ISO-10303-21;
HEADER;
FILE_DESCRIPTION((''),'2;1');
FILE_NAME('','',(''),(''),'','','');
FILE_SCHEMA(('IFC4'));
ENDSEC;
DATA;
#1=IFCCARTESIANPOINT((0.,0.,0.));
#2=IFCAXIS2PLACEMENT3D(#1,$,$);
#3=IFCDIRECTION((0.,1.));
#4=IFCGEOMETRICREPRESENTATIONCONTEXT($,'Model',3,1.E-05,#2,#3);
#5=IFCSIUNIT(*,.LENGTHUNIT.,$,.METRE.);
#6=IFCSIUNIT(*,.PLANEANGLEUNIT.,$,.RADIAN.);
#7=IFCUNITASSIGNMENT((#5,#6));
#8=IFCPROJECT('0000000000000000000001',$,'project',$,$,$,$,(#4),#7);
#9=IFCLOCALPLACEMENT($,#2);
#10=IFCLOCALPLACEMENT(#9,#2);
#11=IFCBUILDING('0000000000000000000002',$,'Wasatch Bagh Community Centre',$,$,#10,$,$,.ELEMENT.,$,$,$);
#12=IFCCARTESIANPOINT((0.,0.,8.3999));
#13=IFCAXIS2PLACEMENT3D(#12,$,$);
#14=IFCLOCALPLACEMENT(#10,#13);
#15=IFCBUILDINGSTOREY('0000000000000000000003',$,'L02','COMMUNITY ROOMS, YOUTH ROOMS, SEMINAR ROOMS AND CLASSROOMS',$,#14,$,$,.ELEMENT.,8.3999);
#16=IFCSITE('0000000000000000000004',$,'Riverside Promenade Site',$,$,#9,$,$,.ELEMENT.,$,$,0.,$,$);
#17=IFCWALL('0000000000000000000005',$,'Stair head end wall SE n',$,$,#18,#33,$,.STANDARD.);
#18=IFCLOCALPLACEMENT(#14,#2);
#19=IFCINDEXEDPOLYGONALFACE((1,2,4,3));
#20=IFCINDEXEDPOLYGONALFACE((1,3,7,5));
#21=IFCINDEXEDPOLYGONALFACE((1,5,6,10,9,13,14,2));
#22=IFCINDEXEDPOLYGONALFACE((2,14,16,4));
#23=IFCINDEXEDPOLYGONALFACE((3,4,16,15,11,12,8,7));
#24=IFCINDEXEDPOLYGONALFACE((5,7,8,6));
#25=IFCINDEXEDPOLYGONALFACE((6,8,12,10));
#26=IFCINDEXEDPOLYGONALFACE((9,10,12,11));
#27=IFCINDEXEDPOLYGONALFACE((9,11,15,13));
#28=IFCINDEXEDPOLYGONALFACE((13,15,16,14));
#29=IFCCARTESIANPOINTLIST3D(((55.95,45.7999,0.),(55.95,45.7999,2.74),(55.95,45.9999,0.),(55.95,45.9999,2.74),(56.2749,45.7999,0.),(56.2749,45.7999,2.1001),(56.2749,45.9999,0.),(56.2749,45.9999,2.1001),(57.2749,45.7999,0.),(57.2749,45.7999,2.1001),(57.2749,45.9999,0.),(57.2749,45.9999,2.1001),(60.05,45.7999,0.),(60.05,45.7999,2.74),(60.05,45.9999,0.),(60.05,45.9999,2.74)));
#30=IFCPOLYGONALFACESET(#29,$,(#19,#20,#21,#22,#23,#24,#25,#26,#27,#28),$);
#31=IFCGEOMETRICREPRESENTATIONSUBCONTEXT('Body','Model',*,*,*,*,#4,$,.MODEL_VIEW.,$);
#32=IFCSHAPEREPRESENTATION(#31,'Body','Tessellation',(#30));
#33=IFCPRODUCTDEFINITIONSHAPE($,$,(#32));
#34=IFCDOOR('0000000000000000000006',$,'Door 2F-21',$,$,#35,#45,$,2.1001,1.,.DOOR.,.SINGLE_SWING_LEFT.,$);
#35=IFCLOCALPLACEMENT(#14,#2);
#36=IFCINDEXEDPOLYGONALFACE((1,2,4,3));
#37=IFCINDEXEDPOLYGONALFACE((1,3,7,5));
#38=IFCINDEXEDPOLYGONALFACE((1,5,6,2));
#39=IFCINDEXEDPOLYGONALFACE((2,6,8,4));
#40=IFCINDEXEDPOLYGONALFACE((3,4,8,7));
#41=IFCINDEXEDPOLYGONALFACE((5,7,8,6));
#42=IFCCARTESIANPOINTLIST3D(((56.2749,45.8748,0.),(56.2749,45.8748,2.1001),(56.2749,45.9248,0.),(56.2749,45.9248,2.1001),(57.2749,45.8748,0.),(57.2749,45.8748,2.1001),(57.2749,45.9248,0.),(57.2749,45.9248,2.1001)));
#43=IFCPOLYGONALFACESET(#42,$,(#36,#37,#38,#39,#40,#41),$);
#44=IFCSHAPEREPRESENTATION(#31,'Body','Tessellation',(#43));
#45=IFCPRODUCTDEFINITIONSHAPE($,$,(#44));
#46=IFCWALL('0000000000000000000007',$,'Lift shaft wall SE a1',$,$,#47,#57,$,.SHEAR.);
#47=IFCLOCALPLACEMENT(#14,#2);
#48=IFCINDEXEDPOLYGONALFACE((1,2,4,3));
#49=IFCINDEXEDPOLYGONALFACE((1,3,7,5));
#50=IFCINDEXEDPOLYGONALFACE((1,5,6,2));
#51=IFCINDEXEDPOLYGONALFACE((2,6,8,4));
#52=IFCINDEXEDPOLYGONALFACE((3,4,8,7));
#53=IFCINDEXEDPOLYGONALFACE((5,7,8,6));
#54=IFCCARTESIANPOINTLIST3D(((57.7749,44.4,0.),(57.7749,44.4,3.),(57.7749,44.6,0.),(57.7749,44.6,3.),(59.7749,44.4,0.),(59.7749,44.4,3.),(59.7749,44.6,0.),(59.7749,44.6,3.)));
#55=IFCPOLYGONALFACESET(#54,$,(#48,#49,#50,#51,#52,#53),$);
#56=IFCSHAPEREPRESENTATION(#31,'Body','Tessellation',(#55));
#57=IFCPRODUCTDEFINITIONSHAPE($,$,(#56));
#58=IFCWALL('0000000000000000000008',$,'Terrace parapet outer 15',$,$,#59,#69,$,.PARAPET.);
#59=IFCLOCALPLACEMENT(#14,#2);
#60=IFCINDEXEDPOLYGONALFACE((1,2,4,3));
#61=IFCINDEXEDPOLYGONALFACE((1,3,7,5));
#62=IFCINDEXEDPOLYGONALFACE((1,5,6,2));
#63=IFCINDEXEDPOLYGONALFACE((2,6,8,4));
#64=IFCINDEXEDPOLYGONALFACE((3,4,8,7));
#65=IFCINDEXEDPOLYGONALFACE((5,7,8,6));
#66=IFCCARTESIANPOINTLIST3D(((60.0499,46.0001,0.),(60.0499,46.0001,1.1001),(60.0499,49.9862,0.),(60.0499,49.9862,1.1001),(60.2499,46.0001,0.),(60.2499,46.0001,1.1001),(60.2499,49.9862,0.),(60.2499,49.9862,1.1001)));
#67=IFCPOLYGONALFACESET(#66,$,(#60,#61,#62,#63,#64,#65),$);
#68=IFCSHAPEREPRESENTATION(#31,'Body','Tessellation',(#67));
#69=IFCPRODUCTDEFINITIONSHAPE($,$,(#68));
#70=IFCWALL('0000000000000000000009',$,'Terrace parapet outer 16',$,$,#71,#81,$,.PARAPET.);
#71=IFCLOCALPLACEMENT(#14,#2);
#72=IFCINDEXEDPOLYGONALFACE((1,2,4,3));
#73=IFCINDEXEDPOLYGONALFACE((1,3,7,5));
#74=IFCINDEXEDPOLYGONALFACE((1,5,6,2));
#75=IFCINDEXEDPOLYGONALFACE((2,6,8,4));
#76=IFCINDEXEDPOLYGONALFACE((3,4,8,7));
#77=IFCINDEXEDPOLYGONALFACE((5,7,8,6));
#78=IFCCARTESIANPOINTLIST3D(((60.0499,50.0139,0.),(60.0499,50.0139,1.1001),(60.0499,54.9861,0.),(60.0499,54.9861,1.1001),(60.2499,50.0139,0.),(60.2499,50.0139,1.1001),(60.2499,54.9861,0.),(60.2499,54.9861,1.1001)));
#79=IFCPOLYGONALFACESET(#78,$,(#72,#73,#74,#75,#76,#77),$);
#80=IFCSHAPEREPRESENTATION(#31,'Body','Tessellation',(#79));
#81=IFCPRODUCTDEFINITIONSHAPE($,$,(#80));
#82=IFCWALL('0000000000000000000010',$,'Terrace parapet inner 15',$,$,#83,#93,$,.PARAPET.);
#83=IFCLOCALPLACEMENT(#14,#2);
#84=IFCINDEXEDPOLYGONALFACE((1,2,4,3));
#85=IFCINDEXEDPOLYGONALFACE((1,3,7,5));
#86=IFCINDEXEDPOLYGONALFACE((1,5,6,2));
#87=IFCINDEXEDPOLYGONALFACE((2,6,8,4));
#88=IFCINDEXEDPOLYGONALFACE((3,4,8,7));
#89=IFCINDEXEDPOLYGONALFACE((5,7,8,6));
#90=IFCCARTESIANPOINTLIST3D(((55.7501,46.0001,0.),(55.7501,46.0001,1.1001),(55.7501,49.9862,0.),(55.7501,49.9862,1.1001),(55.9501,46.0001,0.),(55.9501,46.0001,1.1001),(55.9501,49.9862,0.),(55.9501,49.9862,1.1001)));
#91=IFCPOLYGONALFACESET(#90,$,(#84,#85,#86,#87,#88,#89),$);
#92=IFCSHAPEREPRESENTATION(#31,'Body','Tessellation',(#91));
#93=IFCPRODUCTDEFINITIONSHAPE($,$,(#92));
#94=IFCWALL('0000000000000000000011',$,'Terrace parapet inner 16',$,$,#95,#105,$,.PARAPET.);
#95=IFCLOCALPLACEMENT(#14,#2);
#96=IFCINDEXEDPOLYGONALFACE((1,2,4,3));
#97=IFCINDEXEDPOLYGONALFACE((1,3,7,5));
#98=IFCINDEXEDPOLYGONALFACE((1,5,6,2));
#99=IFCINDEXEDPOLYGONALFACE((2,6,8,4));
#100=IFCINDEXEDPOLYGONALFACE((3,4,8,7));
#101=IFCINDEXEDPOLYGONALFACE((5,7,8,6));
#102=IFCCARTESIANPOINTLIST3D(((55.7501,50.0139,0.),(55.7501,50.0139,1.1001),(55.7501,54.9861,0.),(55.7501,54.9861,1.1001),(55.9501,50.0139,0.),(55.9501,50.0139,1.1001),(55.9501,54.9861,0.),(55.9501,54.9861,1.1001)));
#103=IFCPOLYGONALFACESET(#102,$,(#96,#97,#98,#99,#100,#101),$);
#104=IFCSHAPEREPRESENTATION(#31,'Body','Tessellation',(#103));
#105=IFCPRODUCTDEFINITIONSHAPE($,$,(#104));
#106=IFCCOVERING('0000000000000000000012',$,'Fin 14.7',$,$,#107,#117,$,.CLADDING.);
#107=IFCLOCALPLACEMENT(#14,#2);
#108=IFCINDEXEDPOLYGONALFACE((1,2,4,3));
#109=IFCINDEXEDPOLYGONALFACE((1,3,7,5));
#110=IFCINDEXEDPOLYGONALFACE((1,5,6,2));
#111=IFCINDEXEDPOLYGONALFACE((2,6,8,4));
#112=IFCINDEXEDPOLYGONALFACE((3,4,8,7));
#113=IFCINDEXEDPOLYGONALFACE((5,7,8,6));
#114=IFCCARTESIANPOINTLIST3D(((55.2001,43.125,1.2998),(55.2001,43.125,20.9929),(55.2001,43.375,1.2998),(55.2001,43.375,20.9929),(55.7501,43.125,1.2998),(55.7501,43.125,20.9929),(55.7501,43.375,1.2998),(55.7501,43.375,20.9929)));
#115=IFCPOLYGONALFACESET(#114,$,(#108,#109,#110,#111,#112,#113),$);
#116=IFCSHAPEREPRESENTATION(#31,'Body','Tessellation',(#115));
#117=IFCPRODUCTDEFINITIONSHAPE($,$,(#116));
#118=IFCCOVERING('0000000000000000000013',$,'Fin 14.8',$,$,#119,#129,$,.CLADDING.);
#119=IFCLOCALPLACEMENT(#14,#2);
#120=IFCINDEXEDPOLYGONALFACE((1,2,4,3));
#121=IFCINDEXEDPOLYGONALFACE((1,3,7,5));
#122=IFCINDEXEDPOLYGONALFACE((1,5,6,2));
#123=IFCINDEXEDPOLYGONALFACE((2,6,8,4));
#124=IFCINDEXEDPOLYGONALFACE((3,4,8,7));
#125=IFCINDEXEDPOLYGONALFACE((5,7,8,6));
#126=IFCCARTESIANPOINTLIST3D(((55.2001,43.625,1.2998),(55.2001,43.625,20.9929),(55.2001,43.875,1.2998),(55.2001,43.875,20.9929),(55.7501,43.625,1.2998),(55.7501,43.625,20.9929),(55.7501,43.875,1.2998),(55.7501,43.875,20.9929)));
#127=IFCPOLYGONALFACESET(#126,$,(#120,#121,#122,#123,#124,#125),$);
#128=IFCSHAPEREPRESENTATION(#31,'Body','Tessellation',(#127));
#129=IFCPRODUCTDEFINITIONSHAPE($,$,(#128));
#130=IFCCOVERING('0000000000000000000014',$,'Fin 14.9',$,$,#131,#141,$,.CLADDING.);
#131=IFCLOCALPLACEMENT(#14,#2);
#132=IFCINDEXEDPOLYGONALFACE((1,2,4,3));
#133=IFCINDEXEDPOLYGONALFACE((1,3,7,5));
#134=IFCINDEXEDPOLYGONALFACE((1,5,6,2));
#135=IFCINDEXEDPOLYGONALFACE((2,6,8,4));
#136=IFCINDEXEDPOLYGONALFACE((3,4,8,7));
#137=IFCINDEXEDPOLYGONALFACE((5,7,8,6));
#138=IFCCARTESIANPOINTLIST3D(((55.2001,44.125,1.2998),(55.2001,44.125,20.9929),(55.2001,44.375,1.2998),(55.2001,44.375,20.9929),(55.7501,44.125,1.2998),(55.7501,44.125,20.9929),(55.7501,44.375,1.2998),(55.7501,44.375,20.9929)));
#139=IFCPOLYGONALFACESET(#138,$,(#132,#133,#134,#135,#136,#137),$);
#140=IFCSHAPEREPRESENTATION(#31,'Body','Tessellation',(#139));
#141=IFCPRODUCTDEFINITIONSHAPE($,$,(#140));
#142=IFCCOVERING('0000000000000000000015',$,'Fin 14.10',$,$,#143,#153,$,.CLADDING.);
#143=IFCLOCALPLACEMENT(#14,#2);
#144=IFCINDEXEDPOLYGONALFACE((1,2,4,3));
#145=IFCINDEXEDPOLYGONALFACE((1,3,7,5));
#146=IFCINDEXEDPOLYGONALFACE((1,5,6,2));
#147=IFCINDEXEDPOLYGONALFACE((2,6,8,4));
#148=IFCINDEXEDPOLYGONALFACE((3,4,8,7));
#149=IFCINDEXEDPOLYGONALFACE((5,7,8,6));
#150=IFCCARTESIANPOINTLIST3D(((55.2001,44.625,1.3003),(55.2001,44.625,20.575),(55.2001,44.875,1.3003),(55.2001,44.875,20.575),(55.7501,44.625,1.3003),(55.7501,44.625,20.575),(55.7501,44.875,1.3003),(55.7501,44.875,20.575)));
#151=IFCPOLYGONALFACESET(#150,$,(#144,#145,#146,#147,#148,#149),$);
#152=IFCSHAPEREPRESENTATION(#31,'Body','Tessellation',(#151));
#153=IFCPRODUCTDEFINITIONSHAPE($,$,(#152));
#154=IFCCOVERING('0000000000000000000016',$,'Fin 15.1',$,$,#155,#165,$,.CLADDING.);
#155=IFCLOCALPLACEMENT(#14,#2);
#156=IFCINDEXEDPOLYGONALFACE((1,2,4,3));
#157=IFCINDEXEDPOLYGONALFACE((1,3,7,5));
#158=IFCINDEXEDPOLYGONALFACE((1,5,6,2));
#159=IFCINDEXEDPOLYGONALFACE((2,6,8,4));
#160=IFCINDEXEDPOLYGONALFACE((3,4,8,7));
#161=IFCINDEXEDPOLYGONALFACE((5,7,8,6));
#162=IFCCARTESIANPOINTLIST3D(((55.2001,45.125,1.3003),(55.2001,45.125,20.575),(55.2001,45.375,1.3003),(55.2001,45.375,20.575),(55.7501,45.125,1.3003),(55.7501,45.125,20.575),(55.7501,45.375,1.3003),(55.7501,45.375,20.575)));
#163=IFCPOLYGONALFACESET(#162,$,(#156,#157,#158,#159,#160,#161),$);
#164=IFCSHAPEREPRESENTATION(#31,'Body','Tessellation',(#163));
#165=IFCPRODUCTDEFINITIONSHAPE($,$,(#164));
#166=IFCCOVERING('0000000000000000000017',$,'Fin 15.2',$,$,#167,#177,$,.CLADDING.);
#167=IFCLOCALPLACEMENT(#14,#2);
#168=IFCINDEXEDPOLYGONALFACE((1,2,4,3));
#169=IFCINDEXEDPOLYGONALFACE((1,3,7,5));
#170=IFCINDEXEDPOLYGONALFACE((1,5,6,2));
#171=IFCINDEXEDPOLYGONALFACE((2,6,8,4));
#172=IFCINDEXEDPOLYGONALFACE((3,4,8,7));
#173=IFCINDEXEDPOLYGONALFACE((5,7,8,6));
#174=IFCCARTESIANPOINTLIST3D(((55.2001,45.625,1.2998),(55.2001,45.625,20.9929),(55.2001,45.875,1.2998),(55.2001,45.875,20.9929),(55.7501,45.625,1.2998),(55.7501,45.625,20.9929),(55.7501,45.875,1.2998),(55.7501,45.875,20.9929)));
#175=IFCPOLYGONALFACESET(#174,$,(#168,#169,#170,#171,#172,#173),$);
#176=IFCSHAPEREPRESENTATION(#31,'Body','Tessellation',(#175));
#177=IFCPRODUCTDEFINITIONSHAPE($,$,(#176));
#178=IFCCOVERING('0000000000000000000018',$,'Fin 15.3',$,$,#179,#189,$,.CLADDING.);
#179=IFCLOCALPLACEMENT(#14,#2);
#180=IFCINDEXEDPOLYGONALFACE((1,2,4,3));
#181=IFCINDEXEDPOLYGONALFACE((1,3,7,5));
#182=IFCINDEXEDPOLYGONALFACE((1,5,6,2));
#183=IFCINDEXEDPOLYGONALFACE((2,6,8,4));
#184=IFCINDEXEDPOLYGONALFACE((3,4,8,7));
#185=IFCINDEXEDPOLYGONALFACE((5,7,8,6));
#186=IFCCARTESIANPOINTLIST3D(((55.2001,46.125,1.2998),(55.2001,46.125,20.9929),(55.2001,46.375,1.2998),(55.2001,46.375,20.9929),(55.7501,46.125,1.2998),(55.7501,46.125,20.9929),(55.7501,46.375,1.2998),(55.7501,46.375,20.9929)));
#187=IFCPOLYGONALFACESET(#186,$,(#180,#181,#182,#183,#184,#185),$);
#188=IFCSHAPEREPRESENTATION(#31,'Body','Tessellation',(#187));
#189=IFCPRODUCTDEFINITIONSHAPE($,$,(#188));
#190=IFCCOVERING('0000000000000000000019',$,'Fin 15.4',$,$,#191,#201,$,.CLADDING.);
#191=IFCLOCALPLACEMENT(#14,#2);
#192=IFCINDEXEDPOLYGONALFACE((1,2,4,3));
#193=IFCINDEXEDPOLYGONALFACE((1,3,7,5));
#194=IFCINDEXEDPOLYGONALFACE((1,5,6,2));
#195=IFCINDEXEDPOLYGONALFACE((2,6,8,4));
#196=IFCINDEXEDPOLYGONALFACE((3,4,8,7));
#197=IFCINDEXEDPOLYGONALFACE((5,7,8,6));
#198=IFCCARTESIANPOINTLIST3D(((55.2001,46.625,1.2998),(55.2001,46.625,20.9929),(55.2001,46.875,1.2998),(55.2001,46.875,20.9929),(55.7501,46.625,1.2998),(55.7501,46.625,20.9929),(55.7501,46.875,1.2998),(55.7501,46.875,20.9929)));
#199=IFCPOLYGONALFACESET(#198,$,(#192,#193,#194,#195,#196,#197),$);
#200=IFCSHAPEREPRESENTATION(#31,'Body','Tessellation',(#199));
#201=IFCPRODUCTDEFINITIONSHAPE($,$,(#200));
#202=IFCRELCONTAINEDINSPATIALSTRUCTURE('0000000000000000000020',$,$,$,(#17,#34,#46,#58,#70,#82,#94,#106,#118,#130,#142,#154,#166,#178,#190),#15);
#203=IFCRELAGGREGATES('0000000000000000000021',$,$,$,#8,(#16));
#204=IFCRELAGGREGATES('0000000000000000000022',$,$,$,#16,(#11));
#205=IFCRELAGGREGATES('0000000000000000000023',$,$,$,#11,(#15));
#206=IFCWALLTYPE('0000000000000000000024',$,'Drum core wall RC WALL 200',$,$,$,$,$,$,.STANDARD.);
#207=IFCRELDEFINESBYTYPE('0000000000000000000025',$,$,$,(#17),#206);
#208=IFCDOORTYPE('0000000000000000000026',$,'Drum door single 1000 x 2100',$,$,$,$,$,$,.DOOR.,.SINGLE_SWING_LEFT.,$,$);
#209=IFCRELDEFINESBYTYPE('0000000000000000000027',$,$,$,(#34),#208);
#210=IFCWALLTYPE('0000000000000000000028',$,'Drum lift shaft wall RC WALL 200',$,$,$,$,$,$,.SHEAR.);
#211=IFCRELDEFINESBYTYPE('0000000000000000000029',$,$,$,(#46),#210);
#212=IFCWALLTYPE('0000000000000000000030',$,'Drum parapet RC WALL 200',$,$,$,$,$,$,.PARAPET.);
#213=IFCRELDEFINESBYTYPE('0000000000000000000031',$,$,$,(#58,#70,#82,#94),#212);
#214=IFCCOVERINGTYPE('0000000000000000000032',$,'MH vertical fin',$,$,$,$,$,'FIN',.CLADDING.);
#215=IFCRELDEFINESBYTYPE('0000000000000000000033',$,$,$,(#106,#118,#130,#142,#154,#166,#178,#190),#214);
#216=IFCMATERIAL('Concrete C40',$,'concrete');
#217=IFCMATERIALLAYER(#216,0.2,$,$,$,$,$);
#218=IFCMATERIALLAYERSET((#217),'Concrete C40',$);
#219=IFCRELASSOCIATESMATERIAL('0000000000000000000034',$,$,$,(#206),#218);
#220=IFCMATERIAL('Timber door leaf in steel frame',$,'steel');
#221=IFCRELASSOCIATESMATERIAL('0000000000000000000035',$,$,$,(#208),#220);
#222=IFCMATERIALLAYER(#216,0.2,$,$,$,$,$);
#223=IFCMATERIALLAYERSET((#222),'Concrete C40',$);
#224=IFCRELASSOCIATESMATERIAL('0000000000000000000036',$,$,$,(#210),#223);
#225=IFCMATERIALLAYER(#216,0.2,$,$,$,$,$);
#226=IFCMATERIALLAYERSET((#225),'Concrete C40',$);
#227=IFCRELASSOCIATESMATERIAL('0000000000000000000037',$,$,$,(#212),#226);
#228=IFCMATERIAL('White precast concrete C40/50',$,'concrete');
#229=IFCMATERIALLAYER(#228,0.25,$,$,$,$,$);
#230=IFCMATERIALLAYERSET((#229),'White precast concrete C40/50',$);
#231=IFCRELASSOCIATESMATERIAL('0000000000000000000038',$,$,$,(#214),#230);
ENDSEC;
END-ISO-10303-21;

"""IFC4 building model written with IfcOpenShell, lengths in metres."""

from ifc_helpers import new_model, si_unit, direction, frame, frame_2d, origin, origin_2d, place, context, subcontext, project, spatial, rectangle, extrude, material, layer, layer_set, type_object, element, fill, save


model = new_model("IFC4")

# Units and contexts
model_context = context("Model", 3, precision=1e-05, world=origin(), true_north=direction((0.0, 1.0)))
body_context = subcontext(model_context, "Body", "Model", "MODEL_VIEW")
ifc_project = project(units=[si_unit("LENGTHUNIT", "METRE"), si_unit("PLANEANGLEUNIT", "RADIAN")], contexts=[model_context])

# Site, building, storey
site_placement = place(None, origin())
site = spatial("IfcSite", under=ifc_project, at=site_placement, Name="Riverside Promenade Site", CompositionType="ELEMENT", RefElevation=0.0)
building_placement = place(site_placement, origin())
building = spatial("IfcBuilding", under=site, at=building_placement, Name="Wasatch Bagh Community Centre", CompositionType="ELEMENT")
storey_placement = place(building_placement, frame((0.0, 0.0, 8.3999)))
storey = spatial("IfcBuildingStorey", under=building, at=storey_placement, Name="L02", Description="COMMUNITY ROOMS, YOUTH ROOMS, SEMINAR ROOMS AND CLASSROOMS", CompositionType="ELEMENT", Elevation=8.3999)

# Wall, opening, door
ifc_material_1 = material(Name="Concrete C40", Category="concrete")
ifc_layer_1 = layer(ifc_material_1, 0.2)
ifc_layer_set_1 = layer_set([ifc_layer_1], Name="Concrete C40")
wall_type_1 = type_object("IfcWallType", Name="Drum core wall RC WALL 200", PredefinedType="STANDARD", material=ifc_layer_set_1)
wall_1_placement = place(storey_placement, frame((55.95, 45.8999, 0.0), z_axis=(0.0, 0.0, 1.0), x_axis=(1.0, 0.0, 0.0)))
wall_1 = element("IfcWall", 1, at=wall_1_placement, inside=storey, type_object=wall_type_1, Name="Stair head end wall SE n", PredefinedType="STANDARD", context=body_context, shape_type="SweptSolid", body=[
    extrude(rectangle(XDim=4.1001, YDim=0.2, at=frame_2d((2.05, 0.0))), origin(), (0.0, 0.0, 1.0), 2.74),
])
opening_1_placement = place(wall_1_placement, frame((0.325, 0.0, 0.0)))
opening_1 = element("IfcOpeningElement", 2, at=opening_1_placement, cuts=wall_1, PredefinedType="OPENING", context=body_context, shape_type="SweptSolid", body=[
    extrude(rectangle(XDim=1.0, YDim=2.1001, at=frame_2d((0.5, 1.05))), frame((0.0, 0.1099, 0.0), z_axis=(0.0, -1.0, 0.0), x_axis=(1.0, 0.0, 0.0)), (0.0, 0.0, 1.0), 0.22),
])
ifc_material_2 = material(Name="Timber door leaf in steel frame", Category="steel")
door_type_1 = type_object("IfcDoorType", Name="Drum door single 1000 x 2100", OperationType="SINGLE_SWING_LEFT", PredefinedType="DOOR", material=ifc_material_2)
door_1_placement = place(opening_1_placement, origin())
door_1 = element("IfcDoor", 3, at=door_1_placement, inside=storey, type_object=door_type_1, Name="Door 2F-21", OperationType="SINGLE_SWING_LEFT", OverallHeight=2.1001, OverallWidth=1.0, PredefinedType="DOOR", context=body_context, shape_type="SweptSolid", body=[
    extrude(rectangle(XDim=1.0, YDim=2.1001, at=frame_2d((0.5, 1.05))), frame((0.0, 0.0249, 0.0), z_axis=(0.0, -1.0, 0.0), x_axis=(1.0, 0.0, 0.0)), (0.0, 0.0, 1.0), 0.05),
])
fill(opening_1, door_1)

# Walls
ifc_layer_2 = layer(ifc_material_1, 0.2)
ifc_layer_set_2 = layer_set([ifc_layer_2], Name="Concrete C40")
wall_type_2 = type_object("IfcWallType", Name="Drum lift shaft wall RC WALL 200", PredefinedType="SHEAR", material=ifc_layer_set_2)
wall_2_placement = place(storey_placement, frame((57.7749, 44.5, 0.0), z_axis=(0.0, 0.0, 1.0), x_axis=(1.0, 0.0, 0.0)))
element("IfcWall", 4, at=wall_2_placement, inside=storey, type_object=wall_type_2, Name="Lift shaft wall SE a1", PredefinedType="SHEAR", context=body_context, shape_type="SweptSolid", body=[
    extrude(rectangle(XDim=2.0, YDim=0.2, at=frame_2d((1.0, 0.0))), origin(), (0.0, 0.0, 1.0), 3.0),
])
ifc_layer_3 = layer(ifc_material_1, 0.2)
ifc_layer_set_3 = layer_set([ifc_layer_3], Name="Concrete C40")
wall_type_3 = type_object("IfcWallType", Name="Drum parapet RC WALL 200", PredefinedType="PARAPET", material=ifc_layer_set_3)
wall_3_placement = place(storey_placement, frame((60.1499, 46.0, 0.0), z_axis=(0.0, 0.0, 1.0), x_axis=(0.0, 1.0, 0.0)))
element("IfcWall", 5, at=wall_3_placement, inside=storey, type_object=wall_type_3, Name="Terrace parapet outer 15", PredefinedType="PARAPET", context=body_context, shape_type="SweptSolid", body=[
    extrude(rectangle(XDim=3.9861, YDim=0.2, at=frame_2d((1.9932, 0.0))), origin(), (0.0, 0.0, 1.0), 1.1001),
])
wall_4_placement = place(storey_placement, frame((60.1499, 50.0139, 0.0), z_axis=(0.0, 0.0, 1.0), x_axis=(0.0, 1.0, 0.0)))
element("IfcWall", 6, at=wall_4_placement, inside=storey, type_object=wall_type_3, Name="Terrace parapet outer 16", PredefinedType="PARAPET", context=body_context, shape_type="SweptSolid", body=[
    extrude(rectangle(XDim=4.9722, YDim=0.2, at=frame_2d((2.4861, 0.0))), origin(), (0.0, 0.0, 1.0), 1.1001),
])
wall_5_placement = place(storey_placement, frame((55.8501, 46.0, 0.0), z_axis=(0.0, 0.0, 1.0), x_axis=(0.0, 1.0, 0.0)))
element("IfcWall", 7, at=wall_5_placement, inside=storey, type_object=wall_type_3, Name="Terrace parapet inner 15", PredefinedType="PARAPET", context=body_context, shape_type="SweptSolid", body=[
    extrude(rectangle(XDim=3.9861, YDim=0.2, at=frame_2d((1.9932, 0.0))), origin(), (0.0, 0.0, 1.0), 1.1001),
])
wall_6_placement = place(storey_placement, frame((55.8501, 50.0139, 0.0), z_axis=(0.0, 0.0, 1.0), x_axis=(0.0, 1.0, 0.0)))
element("IfcWall", 8, at=wall_6_placement, inside=storey, type_object=wall_type_3, Name="Terrace parapet inner 16", PredefinedType="PARAPET", context=body_context, shape_type="SweptSolid", body=[
    extrude(rectangle(XDim=4.9722, YDim=0.2, at=frame_2d((2.4861, 0.0))), origin(), (0.0, 0.0, 1.0), 1.1001),
])

# Coverings
ifc_material_3 = material(Name="White precast concrete C40/50", Category="concrete")
ifc_layer_4 = layer(ifc_material_3, 0.25)
ifc_layer_set_4 = layer_set([ifc_layer_4], Name="White precast concrete C40/50")
covering_type = type_object("IfcCoveringType", Name="MH vertical fin", ElementType="FIN", PredefinedType="CLADDING", material=ifc_layer_set_4)
for number, where, z_axis, x_axis, name in (
    (9, (55.4751, 43.25, 1.2998), (0.0, 0.0, 1.0), (0.0, 1.0, 0.0), "Fin 14.7"),
    (10, (55.4751, 43.75, 1.2998), (0.0, 0.0, 1.0), (0.0, 1.0, 0.0), "Fin 14.8"),
    (11, (55.4751, 44.25, 1.2998), (0.0, 0.0, 1.0), (0.0, 1.0, 0.0), "Fin 14.9"),
):
    element("IfcCovering", number, at=place(storey_placement, frame(where, z_axis=z_axis, x_axis=x_axis)), inside=storey, type_object=covering_type, Name=name, PredefinedType="CLADDING", context=body_context, shape_type="SweptSolid", body=[
        extrude(rectangle(XDim=0.25, YDim=0.55, at=origin_2d()), origin(), (0.0, 0.0, 1.0), 19.6931),
    ])
for number, where, z_axis, x_axis, name in (
    (12, (55.4751, 44.75, 1.3003), (0.0, 0.0, 1.0), (0.0, 1.0, 0.0), "Fin 14.10"),
    (13, (55.4751, 45.25, 1.3003), (0.0, 0.0, 1.0), (0.0, 1.0, 0.0), "Fin 15.1"),
):
    element("IfcCovering", number, at=place(storey_placement, frame(where, z_axis=z_axis, x_axis=x_axis)), inside=storey, type_object=covering_type, Name=name, PredefinedType="CLADDING", context=body_context, shape_type="SweptSolid", body=[
        extrude(rectangle(XDim=0.25, YDim=0.55, at=origin_2d()), origin(), (0.0, 0.0, 1.0), 19.2747),
    ])
for number, where, z_axis, x_axis, name in (
    (14, (55.4751, 45.75, 1.2998), (0.0, 0.0, 1.0), (0.0, 1.0, 0.0), "Fin 15.2"),
    (15, (55.4751, 46.25, 1.2998), (0.0, 0.0, 1.0), (0.0, 1.0, 0.0), "Fin 15.3"),
    (16, (55.4751, 46.75, 1.2998), (0.0, 0.0, 1.0), (0.0, 1.0, 0.0), "Fin 15.4"),
):
    element("IfcCovering", number, at=place(storey_placement, frame(where, z_axis=z_axis, x_axis=x_axis)), inside=storey, type_object=covering_type, Name=name, PredefinedType="CLADDING", context=body_context, shape_type="SweptSolid", body=[
        extrude(rectangle(XDim=0.25, YDim=0.55, at=origin_2d()), origin(), (0.0, 0.0, 1.0), 19.6931),
    ])

save(model, "model.ifc")
